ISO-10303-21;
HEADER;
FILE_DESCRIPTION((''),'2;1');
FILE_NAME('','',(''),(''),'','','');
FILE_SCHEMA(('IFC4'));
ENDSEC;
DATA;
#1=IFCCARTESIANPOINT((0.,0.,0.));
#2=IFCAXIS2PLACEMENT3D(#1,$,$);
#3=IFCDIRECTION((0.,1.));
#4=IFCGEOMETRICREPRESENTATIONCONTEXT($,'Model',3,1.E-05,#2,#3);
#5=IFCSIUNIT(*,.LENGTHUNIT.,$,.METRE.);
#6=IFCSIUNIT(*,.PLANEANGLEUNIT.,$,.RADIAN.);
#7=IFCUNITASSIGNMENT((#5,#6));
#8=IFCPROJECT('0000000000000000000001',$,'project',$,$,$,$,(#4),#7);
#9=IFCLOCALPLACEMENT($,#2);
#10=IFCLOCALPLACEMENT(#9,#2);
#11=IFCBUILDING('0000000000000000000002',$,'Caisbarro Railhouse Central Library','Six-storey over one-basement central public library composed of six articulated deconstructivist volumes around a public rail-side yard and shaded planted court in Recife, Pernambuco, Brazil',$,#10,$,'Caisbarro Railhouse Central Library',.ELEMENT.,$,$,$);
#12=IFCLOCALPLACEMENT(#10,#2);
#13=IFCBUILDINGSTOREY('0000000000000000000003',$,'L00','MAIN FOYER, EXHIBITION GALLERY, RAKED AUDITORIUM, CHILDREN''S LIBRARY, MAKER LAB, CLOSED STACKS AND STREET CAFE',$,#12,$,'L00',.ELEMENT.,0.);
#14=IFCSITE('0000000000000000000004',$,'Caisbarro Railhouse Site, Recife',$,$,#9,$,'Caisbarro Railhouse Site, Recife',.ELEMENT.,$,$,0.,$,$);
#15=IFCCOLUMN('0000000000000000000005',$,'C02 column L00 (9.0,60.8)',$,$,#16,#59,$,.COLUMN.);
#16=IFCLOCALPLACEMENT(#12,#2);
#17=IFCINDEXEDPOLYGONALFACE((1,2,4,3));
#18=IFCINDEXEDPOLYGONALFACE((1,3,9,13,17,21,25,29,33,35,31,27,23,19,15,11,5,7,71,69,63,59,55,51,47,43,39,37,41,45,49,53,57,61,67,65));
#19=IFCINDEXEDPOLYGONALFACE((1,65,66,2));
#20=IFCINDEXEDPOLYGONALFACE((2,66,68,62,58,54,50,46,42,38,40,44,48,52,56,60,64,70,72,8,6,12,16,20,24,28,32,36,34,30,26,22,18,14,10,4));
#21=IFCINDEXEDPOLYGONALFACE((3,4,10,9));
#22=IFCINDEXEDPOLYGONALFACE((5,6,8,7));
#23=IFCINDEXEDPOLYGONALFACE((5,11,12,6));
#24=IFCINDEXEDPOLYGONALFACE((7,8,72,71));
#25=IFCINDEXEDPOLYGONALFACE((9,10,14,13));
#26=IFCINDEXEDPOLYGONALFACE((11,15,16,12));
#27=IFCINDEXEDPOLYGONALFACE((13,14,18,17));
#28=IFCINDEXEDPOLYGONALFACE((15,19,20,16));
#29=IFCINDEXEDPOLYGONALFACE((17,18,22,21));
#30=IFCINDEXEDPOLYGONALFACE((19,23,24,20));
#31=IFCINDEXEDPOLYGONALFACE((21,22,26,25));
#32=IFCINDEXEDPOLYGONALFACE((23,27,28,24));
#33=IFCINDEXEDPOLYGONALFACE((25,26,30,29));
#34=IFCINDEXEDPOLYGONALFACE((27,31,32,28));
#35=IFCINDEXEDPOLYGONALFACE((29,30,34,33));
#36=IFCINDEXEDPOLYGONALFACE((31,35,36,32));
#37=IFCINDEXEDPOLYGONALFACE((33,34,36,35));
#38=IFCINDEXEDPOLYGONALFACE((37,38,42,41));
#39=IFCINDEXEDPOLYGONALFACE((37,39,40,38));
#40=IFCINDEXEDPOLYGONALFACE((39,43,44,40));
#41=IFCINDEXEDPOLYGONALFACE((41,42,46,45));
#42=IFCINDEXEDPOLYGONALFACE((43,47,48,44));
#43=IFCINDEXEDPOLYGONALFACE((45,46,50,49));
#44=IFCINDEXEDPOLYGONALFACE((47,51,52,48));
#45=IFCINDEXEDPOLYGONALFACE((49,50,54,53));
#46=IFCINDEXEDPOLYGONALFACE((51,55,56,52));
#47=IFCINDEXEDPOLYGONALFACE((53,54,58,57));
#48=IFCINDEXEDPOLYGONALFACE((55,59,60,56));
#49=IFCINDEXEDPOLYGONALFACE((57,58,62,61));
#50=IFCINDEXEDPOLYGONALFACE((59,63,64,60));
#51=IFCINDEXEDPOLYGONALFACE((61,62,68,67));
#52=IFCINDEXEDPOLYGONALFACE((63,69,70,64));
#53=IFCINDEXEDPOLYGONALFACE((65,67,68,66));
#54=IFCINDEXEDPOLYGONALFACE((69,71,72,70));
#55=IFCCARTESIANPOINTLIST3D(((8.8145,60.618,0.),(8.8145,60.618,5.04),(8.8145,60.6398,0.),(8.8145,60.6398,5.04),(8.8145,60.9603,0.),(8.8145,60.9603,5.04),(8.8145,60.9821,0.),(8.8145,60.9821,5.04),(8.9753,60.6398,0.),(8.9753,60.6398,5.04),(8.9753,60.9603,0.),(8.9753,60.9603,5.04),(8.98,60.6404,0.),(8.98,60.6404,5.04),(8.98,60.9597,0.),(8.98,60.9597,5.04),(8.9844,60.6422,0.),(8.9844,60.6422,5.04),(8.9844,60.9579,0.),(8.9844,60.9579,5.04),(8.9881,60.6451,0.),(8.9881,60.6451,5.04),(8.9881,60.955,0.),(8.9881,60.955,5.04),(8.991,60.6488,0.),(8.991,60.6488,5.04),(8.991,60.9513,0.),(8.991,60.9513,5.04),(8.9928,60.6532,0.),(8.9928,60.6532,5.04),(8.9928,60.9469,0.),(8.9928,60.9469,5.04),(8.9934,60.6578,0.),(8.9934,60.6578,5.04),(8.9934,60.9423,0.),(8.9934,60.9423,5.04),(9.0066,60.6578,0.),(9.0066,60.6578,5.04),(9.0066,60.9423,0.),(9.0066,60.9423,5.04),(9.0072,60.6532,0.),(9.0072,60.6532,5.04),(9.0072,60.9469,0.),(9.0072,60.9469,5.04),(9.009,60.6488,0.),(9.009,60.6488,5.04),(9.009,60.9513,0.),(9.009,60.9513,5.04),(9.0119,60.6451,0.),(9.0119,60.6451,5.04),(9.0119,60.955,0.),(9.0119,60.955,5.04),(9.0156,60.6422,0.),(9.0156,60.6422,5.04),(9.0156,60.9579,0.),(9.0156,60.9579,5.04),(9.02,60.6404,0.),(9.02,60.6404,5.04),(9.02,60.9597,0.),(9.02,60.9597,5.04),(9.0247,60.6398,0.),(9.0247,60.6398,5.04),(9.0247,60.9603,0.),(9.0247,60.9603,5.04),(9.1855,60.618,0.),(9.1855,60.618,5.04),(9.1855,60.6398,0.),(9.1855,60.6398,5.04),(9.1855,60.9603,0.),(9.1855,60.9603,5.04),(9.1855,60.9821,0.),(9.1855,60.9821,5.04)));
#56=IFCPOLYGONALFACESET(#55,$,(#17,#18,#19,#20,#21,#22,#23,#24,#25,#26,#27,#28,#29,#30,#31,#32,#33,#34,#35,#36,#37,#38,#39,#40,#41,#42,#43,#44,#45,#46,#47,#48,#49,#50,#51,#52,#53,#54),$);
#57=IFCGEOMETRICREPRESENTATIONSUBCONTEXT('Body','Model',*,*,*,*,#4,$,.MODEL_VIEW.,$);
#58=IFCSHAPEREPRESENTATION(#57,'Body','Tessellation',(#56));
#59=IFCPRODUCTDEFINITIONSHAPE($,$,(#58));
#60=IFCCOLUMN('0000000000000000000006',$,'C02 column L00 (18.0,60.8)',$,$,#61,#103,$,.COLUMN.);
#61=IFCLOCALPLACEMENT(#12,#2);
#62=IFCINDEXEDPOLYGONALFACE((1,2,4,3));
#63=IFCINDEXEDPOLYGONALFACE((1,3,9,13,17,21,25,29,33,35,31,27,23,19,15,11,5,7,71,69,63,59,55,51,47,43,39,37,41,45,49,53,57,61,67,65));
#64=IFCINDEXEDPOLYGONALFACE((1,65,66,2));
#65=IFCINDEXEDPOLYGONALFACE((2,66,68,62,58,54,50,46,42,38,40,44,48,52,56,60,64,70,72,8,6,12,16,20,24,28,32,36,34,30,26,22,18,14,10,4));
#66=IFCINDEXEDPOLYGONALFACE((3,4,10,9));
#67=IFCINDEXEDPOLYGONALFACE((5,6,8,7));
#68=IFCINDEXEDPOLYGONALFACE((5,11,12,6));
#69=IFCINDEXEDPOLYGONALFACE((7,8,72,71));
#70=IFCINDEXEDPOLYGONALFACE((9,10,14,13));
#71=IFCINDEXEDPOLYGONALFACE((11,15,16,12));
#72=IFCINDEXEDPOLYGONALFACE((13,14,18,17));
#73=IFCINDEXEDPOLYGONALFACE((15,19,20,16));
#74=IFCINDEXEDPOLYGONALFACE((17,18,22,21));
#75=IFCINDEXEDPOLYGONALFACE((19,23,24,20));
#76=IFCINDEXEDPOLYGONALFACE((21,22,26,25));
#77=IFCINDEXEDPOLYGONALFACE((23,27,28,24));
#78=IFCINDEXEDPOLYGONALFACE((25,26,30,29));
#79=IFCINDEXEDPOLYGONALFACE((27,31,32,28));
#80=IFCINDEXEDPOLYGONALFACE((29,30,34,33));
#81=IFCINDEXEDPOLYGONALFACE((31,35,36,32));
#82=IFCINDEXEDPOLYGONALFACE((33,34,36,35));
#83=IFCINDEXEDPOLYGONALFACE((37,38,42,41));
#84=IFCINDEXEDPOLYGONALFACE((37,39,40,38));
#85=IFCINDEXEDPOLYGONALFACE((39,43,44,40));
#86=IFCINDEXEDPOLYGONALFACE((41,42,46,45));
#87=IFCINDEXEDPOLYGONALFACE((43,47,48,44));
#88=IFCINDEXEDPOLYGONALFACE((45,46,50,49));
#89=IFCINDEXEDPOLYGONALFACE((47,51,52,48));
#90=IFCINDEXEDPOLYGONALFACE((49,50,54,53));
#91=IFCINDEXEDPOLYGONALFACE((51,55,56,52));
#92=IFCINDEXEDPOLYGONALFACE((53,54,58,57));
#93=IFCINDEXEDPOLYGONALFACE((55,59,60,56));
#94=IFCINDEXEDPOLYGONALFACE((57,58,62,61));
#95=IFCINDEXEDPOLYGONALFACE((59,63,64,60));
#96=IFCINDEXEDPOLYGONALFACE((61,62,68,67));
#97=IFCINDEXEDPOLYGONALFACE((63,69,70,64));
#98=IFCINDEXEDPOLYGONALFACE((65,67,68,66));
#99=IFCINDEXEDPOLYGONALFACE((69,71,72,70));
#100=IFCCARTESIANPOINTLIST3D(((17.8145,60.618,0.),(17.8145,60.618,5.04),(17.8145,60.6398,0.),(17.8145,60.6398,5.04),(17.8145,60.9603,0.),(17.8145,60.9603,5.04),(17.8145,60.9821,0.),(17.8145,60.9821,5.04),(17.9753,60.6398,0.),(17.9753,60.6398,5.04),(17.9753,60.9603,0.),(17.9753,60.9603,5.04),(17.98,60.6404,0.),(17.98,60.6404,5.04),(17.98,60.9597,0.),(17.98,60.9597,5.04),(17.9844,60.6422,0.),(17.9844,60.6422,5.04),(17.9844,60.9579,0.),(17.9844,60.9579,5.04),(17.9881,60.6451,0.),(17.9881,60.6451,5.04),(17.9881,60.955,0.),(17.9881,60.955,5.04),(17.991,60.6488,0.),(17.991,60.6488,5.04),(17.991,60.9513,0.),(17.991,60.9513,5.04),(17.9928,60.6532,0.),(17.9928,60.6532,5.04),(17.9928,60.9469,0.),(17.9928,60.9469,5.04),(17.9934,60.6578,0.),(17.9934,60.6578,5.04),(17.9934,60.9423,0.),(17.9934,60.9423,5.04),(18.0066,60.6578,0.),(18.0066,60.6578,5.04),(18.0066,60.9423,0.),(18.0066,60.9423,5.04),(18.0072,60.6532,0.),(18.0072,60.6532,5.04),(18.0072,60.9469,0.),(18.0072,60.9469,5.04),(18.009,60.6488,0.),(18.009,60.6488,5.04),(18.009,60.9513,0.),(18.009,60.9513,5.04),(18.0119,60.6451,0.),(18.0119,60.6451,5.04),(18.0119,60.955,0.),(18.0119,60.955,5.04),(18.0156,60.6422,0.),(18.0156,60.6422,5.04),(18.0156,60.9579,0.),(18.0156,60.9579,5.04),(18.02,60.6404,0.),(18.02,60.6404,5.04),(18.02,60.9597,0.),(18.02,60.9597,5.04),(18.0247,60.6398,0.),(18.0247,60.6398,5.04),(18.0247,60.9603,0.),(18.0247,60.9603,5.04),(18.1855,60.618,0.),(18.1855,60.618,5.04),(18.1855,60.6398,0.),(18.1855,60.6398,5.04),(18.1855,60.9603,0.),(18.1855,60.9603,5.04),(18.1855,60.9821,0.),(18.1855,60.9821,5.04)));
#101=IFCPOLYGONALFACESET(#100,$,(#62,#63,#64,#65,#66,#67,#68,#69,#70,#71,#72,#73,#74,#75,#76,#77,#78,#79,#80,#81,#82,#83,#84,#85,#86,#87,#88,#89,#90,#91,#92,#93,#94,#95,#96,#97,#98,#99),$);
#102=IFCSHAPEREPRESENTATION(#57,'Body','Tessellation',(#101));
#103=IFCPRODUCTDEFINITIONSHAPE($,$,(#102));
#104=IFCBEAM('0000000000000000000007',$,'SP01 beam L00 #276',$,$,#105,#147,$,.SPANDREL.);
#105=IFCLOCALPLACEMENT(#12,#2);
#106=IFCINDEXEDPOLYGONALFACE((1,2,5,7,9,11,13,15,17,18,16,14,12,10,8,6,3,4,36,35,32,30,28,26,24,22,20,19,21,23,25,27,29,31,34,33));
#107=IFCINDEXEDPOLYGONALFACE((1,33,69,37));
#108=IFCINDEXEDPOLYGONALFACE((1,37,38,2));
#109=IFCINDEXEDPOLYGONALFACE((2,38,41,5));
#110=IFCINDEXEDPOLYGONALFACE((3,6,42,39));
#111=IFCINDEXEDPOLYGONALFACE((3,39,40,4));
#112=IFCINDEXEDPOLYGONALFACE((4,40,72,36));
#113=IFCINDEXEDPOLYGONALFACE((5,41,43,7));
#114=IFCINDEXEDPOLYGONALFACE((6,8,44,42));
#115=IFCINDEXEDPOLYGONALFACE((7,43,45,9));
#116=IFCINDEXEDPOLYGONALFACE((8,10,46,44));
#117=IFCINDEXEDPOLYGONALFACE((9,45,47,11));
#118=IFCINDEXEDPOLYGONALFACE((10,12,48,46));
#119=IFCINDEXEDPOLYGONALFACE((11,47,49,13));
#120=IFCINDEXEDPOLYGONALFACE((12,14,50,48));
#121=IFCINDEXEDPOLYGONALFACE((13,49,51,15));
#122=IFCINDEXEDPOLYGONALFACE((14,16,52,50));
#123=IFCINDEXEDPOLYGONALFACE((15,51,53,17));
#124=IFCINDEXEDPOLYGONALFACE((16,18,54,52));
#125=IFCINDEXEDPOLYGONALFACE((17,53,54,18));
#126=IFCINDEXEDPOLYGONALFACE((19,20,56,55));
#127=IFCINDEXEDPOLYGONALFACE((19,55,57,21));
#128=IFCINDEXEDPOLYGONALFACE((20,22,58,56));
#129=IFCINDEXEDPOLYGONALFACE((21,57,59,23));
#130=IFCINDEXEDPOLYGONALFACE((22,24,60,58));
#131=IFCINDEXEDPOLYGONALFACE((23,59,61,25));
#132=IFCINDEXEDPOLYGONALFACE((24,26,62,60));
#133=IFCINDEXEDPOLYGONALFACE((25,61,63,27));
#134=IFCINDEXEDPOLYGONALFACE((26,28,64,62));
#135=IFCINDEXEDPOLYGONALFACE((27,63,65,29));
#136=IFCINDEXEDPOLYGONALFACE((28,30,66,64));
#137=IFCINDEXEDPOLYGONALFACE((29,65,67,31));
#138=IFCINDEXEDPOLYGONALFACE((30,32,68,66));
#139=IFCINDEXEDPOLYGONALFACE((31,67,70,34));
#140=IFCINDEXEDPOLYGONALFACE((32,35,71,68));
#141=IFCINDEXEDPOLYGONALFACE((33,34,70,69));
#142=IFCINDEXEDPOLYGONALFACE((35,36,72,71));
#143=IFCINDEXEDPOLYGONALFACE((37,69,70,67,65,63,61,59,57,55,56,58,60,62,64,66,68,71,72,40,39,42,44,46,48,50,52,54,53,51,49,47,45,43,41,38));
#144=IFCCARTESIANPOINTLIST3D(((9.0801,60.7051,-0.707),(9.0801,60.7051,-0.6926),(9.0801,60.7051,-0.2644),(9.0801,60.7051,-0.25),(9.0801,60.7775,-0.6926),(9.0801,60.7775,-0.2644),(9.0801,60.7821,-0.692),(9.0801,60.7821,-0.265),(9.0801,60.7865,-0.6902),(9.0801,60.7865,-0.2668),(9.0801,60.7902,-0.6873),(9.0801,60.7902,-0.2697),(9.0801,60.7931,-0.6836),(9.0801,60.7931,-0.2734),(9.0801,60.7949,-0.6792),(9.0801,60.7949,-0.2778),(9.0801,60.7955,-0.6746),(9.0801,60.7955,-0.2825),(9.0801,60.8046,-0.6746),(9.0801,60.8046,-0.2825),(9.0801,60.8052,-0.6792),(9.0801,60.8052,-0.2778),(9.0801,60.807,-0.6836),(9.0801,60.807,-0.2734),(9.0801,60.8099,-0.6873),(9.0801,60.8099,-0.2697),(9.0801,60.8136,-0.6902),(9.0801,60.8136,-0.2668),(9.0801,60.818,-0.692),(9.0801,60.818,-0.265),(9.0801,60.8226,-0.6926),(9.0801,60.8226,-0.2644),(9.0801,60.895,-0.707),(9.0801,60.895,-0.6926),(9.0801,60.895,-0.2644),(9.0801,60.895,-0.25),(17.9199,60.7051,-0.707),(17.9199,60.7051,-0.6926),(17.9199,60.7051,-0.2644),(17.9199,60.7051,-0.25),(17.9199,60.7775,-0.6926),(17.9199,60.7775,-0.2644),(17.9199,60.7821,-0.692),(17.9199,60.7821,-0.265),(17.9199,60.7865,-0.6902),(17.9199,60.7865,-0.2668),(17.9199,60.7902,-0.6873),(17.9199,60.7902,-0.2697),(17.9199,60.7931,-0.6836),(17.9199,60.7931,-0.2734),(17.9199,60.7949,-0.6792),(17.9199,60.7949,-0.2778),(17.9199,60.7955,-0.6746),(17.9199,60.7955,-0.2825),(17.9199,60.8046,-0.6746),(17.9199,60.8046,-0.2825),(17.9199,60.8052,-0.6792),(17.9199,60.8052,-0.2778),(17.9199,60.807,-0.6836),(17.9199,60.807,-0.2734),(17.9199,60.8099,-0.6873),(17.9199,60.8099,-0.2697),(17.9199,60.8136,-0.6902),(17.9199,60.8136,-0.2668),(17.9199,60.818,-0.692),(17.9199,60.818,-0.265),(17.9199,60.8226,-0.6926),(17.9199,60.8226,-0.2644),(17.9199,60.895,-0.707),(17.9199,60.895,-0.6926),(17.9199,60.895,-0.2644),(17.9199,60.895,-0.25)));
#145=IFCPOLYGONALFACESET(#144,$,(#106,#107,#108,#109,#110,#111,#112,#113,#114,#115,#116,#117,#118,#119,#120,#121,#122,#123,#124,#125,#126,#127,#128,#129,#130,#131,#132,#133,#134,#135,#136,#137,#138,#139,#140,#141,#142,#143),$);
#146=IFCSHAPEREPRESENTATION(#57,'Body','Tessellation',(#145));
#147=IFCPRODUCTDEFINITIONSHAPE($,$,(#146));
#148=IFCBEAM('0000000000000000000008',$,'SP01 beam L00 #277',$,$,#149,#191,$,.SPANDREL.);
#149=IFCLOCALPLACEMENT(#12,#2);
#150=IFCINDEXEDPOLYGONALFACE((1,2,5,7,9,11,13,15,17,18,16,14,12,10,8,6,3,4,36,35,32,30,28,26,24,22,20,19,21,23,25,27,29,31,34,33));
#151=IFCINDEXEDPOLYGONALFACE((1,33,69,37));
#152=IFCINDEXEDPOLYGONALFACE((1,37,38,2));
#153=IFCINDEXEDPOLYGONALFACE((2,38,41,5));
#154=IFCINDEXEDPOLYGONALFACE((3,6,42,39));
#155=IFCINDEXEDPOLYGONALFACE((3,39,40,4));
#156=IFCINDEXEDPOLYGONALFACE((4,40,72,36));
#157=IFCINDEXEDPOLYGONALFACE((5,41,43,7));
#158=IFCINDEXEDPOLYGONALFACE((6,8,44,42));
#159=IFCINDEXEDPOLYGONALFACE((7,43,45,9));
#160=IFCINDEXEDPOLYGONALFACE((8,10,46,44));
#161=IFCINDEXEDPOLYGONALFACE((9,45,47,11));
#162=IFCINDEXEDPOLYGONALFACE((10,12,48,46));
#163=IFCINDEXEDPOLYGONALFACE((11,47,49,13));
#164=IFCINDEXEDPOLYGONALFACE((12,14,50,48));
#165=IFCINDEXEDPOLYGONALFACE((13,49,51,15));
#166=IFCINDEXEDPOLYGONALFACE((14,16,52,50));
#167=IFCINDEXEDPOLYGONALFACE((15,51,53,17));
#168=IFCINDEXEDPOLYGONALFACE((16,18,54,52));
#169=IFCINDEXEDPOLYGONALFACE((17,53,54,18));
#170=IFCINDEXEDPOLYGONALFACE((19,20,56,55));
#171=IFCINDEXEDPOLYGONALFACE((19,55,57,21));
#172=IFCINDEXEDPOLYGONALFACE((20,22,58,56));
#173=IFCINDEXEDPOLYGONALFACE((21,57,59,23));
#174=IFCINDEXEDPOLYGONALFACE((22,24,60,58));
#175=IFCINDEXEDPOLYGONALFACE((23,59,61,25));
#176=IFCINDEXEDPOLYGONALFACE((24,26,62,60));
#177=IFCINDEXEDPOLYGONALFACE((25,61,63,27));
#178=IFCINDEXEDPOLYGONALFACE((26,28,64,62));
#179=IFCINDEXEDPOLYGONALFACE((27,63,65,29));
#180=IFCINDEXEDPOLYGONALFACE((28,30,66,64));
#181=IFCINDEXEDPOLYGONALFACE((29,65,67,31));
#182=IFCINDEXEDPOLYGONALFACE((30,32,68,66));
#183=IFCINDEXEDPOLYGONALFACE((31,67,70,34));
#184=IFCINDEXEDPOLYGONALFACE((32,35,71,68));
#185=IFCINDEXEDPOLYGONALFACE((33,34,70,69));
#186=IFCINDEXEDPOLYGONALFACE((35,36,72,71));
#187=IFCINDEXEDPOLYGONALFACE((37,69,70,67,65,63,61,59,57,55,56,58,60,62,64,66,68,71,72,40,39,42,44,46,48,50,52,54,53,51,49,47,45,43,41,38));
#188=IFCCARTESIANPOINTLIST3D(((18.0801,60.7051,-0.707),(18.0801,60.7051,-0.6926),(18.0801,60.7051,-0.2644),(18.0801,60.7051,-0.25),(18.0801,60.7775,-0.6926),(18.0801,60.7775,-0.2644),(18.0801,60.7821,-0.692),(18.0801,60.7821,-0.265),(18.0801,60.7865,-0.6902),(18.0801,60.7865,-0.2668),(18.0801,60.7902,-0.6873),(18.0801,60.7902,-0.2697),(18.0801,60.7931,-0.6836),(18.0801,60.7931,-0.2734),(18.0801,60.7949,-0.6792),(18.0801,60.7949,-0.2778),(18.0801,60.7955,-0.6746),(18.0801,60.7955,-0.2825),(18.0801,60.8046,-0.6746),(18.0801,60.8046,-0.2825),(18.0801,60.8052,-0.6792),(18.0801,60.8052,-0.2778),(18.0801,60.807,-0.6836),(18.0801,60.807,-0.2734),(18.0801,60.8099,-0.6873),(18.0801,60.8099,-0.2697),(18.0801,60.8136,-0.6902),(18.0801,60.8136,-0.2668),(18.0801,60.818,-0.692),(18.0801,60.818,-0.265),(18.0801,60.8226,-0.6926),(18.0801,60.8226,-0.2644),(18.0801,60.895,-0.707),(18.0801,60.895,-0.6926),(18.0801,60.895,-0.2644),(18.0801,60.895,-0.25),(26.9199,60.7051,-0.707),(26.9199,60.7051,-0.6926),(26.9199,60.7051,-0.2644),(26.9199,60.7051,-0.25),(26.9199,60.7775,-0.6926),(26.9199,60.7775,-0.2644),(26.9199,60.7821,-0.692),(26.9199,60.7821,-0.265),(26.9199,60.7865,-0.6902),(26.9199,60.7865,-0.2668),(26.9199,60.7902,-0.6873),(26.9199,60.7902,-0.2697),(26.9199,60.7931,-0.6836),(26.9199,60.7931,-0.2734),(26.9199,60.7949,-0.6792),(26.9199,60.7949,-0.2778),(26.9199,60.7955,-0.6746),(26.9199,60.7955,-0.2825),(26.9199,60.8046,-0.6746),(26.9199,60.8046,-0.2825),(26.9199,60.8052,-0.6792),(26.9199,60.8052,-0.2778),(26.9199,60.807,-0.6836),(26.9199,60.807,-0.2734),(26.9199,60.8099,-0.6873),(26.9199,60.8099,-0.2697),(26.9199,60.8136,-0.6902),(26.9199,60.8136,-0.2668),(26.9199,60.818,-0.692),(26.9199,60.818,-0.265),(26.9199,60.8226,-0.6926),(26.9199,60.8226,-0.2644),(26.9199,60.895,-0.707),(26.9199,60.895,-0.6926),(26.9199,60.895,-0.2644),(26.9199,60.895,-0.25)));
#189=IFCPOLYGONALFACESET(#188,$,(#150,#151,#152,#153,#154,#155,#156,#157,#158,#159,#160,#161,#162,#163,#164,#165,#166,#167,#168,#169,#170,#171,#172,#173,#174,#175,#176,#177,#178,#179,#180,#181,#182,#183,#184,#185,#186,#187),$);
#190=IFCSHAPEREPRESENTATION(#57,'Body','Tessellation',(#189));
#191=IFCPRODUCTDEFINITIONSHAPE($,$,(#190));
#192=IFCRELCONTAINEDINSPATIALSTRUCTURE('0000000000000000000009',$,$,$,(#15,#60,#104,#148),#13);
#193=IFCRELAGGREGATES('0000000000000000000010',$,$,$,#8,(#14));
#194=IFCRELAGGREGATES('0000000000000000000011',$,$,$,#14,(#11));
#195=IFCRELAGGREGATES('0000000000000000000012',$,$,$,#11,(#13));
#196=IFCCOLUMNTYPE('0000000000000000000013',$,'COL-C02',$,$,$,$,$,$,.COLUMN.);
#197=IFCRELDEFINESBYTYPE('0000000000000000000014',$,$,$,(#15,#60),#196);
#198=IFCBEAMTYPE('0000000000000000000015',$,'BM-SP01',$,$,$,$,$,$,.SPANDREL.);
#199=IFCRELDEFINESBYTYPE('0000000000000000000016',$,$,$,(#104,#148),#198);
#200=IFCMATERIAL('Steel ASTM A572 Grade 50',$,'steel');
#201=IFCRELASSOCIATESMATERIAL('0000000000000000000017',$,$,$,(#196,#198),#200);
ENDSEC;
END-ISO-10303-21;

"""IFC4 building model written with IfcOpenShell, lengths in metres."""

from ifc_helpers import new_model, si_unit, direction, frame, origin, origin_2d, place, context, subcontext, project, spatial, i_section, extrude, material, material_profile, profile_set, type_object, element, save


model = new_model("IFC4")

# Units and contexts
model_context = context("Model", 3, precision=1e-05, world=origin(), true_north=direction((0.0, 1.0)))
body_context = subcontext(model_context, "Body", "Model", "MODEL_VIEW")
ifc_project = project(units=[si_unit("LENGTHUNIT", "METRE"), si_unit("PLANEANGLEUNIT", "RADIAN")], contexts=[model_context])

# Site, building, storey
site_placement = place(None, origin())
site = spatial("IfcSite", under=ifc_project, at=site_placement, Name="Caisbarro Railhouse Site, Recife", LongName="Caisbarro Railhouse Site, Recife", CompositionType="ELEMENT", RefElevation=0.0)
building_placement = place(site_placement, origin())
building = spatial("IfcBuilding", under=site, at=building_placement, Name="Caisbarro Railhouse Central Library", Description="Six-storey over one-basement central public library composed of six articulated deconstructivist volumes around a public rail-side yard and shaded planted court in Recife, Pernambuco, Brazil", LongName="Caisbarro Railhouse Central Library", CompositionType="ELEMENT")
storey_placement = place(building_placement, origin())
storey = spatial("IfcBuildingStorey", under=building, at=storey_placement, Name="L00", Description="MAIN FOYER, EXHIBITION GALLERY, RAKED AUDITORIUM, CHILDREN'S LIBRARY, MAKER LAB, CLOSED STACKS AND STREET CAFE", LongName="L00", CompositionType="ELEMENT", Elevation=0.0)

# Columns
ifc_material_1 = material(Name="Steel ASTM A572 Grade 50", Category="steel")
ifc_material_profile_1 = material_profile(ifc_material_1, i_section(OverallWidth=0.3711, OverallDepth=0.364, WebThickness=0.0132, FlangeThickness=0.0217, FilletRadius=0.0181, at=origin_2d()), Name="W360X162.0")
ifc_profile_set_1 = profile_set([ifc_material_profile_1], Name="Steel ASTM A572 Grade 50")
column_type = type_object("IfcColumnType", Name="COL-C02", PredefinedType="COLUMN", material=ifc_profile_set_1)
for number, where, z_axis, x_axis, name in (
    (1, (9.0, 60.8, 0.0), (0.0, 0.0, 1.0), (1.0, 0.0, 0.0), "C02 column L00 (9.0,60.8)"),
    (2, (18.0, 60.8, 0.0), (0.0, 0.0, 1.0), (1.0, 0.0, 0.0), "C02 column L00 (18.0,60.8)"),
):
    element("IfcColumn", number, at=place(storey_placement, frame(where, z_axis=z_axis, x_axis=x_axis)), inside=storey, type_object=column_type, Name=name, PredefinedType="COLUMN", context=body_context, shape_type="SweptSolid", body=[
        extrude(i_section(OverallWidth=0.3711, OverallDepth=0.364, WebThickness=0.0132, FlangeThickness=0.0217, FilletRadius=0.0181, at=origin_2d()), origin(), (0.0, 0.0, 1.0), 5.04),
    ])

# Beams
ifc_material_profile_2 = material_profile(ifc_material_1, i_section(OverallWidth=0.1899, OverallDepth=0.457, WebThickness=0.009, FlangeThickness=0.0144, FilletRadius=0.0181, at=origin_2d()), Name="W460X74.0")
ifc_profile_set_2 = profile_set([ifc_material_profile_2], Name="Steel ASTM A572 Grade 50")
beam_type = type_object("IfcBeamType", Name="BM-SP01", PredefinedType="SPANDREL", material=ifc_profile_set_2)
for number, where, z_axis, x_axis, name in (
    (3, (9.0801, 60.8, -0.4785), (1.0, 0.0, 0.0), (0.0, 1.0, 0.0), "SP01 beam L00 #276"),
    (4, (18.0801, 60.8, -0.4785), (1.0, 0.0, 0.0), (0.0, 1.0, 0.0), "SP01 beam L00 #277"),
):
    element("IfcBeam", number, at=place(storey_placement, frame(where, z_axis=z_axis, x_axis=x_axis)), inside=storey, type_object=beam_type, Name=name, PredefinedType="SPANDREL", context=body_context, shape_type="SweptSolid", body=[
        extrude(i_section(OverallWidth=0.1899, OverallDepth=0.457, WebThickness=0.009, FlangeThickness=0.0144, FilletRadius=0.0181, at=origin_2d()), origin(), (0.0, 0.0, 1.0), 8.8398),
    ])

save(model, "model.ifc")
